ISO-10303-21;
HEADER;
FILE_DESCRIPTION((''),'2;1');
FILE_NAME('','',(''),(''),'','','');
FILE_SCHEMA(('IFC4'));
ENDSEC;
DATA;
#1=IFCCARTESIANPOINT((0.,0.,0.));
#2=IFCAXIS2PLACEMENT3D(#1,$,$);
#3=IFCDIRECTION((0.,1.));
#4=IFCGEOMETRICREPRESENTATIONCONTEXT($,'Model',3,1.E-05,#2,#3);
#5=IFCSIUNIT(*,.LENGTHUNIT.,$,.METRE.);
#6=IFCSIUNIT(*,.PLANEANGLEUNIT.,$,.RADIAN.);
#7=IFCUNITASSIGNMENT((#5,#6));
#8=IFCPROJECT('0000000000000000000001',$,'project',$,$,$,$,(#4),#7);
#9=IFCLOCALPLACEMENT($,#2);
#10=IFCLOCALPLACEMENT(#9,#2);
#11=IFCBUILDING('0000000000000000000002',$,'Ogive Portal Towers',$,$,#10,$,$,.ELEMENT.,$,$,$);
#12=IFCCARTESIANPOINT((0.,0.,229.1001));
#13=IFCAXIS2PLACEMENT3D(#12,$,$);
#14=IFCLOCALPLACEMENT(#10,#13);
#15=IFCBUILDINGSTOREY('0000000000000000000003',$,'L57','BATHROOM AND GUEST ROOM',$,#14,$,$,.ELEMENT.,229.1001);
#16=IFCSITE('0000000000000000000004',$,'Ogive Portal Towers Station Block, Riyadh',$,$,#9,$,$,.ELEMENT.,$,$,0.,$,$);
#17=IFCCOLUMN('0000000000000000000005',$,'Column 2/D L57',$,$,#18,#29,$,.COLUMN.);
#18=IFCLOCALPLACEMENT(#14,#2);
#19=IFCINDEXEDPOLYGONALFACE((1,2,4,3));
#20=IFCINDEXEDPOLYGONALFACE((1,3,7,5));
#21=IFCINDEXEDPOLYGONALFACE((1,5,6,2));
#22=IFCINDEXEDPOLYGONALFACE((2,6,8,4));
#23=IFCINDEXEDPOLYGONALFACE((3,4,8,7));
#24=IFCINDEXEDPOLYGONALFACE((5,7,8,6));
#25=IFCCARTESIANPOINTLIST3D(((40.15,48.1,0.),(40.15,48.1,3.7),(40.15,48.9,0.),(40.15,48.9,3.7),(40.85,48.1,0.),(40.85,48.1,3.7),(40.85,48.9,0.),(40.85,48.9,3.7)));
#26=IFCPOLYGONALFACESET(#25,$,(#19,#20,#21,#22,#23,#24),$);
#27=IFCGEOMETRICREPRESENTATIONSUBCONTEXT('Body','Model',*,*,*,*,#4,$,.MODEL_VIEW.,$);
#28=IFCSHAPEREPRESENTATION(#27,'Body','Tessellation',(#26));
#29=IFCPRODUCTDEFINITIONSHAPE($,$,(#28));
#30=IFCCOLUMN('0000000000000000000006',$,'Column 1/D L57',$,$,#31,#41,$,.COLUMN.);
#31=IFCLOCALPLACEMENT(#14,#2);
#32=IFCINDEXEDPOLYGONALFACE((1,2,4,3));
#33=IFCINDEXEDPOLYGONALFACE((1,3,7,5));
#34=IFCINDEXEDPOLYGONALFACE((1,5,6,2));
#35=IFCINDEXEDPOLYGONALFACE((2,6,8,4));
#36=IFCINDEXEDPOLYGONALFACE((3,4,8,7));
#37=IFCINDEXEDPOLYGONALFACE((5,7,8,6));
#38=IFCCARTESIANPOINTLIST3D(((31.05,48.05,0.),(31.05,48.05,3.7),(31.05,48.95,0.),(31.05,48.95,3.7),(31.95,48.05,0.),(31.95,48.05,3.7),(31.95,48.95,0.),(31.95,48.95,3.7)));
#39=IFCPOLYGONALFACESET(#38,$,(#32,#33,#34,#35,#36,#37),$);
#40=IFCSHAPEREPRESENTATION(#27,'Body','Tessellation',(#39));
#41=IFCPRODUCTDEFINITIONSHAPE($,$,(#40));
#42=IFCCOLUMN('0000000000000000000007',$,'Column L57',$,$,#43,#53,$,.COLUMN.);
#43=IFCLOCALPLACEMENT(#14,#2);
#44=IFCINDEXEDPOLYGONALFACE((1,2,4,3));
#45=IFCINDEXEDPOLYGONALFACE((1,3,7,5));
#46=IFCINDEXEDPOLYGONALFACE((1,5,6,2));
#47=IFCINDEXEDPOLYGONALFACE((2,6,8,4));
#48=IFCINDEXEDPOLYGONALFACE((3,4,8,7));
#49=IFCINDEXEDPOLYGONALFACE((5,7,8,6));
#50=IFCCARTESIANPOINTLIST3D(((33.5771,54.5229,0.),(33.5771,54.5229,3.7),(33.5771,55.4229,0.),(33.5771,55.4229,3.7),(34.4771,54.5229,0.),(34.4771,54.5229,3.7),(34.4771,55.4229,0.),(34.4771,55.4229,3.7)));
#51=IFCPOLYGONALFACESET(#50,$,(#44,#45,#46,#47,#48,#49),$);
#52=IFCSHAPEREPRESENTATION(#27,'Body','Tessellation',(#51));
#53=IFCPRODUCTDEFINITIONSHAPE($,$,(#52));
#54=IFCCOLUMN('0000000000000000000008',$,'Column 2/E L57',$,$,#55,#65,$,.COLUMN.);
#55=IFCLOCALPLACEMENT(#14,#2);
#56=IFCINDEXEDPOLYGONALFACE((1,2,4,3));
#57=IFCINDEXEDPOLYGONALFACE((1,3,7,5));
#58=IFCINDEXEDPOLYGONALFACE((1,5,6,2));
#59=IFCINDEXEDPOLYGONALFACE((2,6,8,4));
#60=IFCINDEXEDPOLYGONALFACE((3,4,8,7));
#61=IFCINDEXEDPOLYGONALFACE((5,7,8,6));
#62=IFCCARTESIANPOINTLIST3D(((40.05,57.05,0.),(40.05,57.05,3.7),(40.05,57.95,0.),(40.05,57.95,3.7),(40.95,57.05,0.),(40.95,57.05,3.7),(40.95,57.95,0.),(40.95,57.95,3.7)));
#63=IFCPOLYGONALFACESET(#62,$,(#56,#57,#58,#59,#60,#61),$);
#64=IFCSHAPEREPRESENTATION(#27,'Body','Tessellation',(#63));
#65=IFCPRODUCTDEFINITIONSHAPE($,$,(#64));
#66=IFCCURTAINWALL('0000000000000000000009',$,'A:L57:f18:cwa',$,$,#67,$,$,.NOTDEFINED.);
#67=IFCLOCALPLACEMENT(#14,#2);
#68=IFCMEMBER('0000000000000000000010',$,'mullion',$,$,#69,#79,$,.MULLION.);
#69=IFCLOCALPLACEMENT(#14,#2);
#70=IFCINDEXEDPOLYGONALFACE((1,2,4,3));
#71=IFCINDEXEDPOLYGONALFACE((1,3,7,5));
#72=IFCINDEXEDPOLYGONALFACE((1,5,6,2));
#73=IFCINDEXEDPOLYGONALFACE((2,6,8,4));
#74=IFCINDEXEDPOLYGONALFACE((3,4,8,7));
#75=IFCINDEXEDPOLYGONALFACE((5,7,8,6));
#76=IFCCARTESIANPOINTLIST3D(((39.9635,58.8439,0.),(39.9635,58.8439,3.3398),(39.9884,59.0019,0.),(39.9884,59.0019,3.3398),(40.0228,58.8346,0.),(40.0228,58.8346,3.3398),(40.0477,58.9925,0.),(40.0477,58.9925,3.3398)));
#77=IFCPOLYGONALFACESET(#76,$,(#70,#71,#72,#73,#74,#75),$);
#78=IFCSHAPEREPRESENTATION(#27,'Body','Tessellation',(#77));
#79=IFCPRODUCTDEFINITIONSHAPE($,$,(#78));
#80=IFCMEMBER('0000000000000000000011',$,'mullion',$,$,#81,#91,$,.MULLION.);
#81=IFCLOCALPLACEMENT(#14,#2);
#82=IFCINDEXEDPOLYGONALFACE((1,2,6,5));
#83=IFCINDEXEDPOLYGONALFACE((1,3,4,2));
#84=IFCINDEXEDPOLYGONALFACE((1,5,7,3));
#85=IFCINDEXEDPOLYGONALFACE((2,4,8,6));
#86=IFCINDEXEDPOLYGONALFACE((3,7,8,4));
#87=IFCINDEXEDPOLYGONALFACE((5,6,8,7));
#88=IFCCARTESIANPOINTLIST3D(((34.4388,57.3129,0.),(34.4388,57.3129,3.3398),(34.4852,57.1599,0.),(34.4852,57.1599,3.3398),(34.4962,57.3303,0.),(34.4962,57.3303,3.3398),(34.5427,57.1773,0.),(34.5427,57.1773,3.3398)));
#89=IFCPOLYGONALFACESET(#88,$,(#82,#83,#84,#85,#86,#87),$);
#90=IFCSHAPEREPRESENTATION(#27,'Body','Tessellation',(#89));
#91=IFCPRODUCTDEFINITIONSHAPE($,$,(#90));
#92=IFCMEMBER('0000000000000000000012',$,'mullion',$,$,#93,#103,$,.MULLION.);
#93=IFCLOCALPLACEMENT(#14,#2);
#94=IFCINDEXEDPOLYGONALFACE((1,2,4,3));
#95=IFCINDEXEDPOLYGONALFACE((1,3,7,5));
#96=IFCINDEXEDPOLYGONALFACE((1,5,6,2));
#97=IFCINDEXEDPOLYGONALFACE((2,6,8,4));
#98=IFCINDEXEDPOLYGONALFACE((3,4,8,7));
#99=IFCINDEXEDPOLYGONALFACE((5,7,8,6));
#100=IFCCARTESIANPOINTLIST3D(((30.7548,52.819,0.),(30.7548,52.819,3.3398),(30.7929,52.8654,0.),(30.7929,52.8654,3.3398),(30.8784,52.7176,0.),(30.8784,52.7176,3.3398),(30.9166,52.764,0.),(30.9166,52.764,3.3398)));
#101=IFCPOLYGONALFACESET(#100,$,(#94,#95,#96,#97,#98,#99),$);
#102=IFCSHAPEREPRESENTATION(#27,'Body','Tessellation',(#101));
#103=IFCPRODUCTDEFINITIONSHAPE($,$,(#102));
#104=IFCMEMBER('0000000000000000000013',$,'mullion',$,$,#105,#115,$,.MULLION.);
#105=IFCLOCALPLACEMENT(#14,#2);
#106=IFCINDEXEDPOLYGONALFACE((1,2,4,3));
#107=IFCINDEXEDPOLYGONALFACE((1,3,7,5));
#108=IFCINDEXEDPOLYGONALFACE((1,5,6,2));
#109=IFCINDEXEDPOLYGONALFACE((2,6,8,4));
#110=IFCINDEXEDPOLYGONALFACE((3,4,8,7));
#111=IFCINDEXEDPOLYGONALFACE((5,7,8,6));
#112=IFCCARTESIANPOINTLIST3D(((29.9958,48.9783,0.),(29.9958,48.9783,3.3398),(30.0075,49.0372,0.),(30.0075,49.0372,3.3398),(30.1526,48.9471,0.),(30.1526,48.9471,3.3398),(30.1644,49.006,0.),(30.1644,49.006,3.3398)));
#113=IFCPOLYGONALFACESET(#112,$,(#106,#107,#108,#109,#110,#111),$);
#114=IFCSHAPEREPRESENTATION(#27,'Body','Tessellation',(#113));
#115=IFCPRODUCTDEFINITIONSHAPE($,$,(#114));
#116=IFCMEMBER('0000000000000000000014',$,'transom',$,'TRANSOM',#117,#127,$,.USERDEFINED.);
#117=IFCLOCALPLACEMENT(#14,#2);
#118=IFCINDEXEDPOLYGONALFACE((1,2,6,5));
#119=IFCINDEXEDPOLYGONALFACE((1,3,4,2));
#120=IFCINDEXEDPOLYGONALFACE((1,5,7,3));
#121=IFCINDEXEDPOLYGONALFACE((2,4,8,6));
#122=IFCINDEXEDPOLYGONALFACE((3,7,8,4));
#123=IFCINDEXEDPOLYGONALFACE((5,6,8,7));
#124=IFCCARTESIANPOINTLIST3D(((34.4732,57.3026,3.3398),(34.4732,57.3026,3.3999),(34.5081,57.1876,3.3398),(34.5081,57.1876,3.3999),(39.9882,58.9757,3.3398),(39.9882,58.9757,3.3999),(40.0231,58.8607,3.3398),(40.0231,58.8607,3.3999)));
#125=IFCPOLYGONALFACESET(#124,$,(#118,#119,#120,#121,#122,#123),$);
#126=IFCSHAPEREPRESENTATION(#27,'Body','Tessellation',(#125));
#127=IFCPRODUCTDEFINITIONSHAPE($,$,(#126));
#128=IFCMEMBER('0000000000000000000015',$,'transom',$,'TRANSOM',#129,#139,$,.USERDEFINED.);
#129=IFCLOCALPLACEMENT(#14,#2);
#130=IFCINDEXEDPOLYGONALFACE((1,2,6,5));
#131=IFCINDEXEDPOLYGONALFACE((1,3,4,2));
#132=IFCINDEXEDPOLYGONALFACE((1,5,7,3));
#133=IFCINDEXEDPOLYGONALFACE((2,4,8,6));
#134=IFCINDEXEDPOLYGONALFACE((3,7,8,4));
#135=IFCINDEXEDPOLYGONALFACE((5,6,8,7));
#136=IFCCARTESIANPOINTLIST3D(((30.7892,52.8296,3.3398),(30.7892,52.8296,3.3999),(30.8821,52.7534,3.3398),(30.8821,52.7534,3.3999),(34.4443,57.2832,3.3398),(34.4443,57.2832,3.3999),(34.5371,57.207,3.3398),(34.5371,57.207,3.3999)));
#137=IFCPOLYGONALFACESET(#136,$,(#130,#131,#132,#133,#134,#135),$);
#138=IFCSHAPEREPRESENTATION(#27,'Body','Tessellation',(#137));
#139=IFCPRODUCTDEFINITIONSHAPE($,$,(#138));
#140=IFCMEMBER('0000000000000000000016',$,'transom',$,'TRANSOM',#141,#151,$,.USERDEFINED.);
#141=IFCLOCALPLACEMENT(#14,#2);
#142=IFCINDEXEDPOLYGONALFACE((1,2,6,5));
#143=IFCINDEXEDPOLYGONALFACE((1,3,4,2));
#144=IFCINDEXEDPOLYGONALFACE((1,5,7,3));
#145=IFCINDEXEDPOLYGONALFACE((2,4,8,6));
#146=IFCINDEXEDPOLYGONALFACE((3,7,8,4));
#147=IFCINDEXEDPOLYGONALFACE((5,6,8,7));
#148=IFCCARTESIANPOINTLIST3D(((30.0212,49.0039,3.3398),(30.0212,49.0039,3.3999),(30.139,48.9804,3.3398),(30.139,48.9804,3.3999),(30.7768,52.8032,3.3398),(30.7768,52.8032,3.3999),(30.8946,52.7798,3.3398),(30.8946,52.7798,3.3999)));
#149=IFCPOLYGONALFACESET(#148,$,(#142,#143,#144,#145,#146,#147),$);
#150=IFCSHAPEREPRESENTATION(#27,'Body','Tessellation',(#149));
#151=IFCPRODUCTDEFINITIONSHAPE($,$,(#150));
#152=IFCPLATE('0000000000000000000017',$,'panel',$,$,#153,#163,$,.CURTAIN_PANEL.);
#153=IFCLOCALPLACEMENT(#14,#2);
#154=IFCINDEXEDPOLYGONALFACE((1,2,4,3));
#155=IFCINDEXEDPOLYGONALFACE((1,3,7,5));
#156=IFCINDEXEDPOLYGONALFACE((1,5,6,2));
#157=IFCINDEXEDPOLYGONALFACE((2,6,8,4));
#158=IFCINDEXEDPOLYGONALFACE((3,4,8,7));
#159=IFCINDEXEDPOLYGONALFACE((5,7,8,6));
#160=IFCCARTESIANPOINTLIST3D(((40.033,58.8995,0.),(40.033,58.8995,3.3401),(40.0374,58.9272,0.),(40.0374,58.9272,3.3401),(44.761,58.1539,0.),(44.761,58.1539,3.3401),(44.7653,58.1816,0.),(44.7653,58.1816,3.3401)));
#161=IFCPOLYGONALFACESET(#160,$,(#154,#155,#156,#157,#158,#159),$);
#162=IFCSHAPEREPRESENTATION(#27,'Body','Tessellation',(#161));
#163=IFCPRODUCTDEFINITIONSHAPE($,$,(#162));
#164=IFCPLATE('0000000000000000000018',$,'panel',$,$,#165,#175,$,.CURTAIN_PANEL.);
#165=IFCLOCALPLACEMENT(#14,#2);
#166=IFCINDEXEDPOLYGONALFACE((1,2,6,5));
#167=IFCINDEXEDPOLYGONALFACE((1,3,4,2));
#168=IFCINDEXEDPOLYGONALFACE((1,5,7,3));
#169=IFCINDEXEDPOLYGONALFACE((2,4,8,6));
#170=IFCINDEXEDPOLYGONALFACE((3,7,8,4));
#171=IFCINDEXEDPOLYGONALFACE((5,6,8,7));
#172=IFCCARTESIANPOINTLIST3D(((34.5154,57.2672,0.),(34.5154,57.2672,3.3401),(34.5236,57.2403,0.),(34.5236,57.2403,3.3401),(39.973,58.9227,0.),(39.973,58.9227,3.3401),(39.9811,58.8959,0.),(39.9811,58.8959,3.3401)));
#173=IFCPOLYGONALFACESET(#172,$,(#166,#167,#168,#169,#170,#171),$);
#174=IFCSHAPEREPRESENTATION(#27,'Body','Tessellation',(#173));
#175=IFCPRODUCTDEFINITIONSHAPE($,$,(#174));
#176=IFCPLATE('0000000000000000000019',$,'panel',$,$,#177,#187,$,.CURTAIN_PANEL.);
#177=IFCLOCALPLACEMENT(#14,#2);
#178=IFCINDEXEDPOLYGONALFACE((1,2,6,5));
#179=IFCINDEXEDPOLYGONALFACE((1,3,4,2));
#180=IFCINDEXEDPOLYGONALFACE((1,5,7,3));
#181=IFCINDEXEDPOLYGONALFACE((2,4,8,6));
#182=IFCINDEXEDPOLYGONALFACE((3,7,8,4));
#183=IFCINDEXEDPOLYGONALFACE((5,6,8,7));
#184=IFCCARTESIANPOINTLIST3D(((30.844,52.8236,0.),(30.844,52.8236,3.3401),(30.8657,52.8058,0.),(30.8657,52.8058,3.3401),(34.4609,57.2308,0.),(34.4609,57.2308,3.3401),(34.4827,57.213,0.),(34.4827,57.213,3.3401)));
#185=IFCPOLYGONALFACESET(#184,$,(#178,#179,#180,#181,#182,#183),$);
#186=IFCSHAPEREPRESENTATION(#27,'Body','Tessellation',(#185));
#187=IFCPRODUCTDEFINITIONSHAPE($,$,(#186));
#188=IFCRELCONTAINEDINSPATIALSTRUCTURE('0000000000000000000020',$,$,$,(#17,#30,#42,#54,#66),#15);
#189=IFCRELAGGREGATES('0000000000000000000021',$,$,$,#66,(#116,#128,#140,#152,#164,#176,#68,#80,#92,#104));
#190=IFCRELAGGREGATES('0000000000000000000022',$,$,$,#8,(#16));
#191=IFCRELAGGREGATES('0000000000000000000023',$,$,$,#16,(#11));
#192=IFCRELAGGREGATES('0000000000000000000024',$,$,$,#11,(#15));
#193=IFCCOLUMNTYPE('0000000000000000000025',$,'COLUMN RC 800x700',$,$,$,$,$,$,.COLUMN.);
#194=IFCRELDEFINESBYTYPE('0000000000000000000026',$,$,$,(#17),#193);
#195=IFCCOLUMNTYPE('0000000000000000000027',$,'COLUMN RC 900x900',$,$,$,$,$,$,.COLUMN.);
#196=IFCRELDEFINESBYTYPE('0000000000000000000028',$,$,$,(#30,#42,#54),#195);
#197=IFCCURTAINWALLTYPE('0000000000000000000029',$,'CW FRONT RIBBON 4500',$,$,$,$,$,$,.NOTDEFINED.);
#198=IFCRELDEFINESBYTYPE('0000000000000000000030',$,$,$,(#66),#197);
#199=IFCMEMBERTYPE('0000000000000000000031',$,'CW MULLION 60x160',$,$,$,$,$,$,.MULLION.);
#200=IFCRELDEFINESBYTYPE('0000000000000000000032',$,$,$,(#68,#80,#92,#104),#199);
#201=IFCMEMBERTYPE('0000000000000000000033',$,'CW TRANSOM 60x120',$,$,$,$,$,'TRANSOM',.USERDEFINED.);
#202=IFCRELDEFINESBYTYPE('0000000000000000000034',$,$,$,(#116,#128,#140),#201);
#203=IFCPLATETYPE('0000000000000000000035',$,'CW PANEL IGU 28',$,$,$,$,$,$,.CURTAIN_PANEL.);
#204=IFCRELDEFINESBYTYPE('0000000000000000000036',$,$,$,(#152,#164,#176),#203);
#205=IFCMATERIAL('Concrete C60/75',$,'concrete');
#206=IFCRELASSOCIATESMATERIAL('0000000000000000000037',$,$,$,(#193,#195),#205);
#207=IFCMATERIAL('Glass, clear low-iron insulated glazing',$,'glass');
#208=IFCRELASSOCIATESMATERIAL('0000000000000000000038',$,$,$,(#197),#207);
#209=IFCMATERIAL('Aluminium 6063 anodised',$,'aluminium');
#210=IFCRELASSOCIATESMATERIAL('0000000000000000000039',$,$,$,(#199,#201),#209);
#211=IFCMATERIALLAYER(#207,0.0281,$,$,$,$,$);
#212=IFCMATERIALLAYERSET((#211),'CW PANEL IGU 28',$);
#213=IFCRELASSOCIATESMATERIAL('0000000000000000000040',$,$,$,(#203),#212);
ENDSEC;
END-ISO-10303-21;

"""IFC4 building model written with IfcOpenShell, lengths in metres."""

from ifc_helpers import new_model, si_unit, direction, frame, origin, origin_2d, place, context, subcontext, project, spatial, rectangle, extrude, material, layer, layer_set, material_profile, profile_set, type_object, element, aggregate, save


model = new_model("IFC4")

# Units and contexts
model_context = context("Model", 3, precision=1e-05, world=origin(), true_north=direction((0.0, 1.0)))
body_context = subcontext(model_context, "Body", "Model", "MODEL_VIEW")
ifc_project = project(units=[si_unit("LENGTHUNIT", "METRE"), si_unit("PLANEANGLEUNIT", "RADIAN")], contexts=[model_context])

# Site, building, storey
site_placement = place(None, origin())
site = spatial("IfcSite", under=ifc_project, at=site_placement, Name="Ogive Portal Towers Station Block, Riyadh", CompositionType="ELEMENT", RefElevation=0.0)
building_placement = place(site_placement, origin())
building = spatial("IfcBuilding", under=site, at=building_placement, Name="Ogive Portal Towers", CompositionType="ELEMENT")
storey_placement = place(building_placement, frame((0.0, 0.0, 229.1001)))
storey = spatial("IfcBuildingStorey", under=building, at=storey_placement, Name="L57", Description="BATHROOM AND GUEST ROOM", CompositionType="ELEMENT", Elevation=229.1001)

# Columns
ifc_material_1 = material(Name="Concrete C60/75", Category="concrete")
ifc_material_profile_1 = material_profile(ifc_material_1, rectangle(XDim=0.8, YDim=0.7, at=origin_2d()), Name="RC 800x700")
ifc_profile_set_1 = profile_set([ifc_material_profile_1], Name="Concrete C60/75")
column_type_1 = type_object("IfcColumnType", Name="COLUMN RC 800x700", PredefinedType="COLUMN", material=ifc_profile_set_1)
column_placement = place(storey_placement, frame((40.5, 48.5, 0.0), z_axis=(0.0, 0.0, 1.0), x_axis=(0.0, 1.0, 0.0)))
element("IfcColumn", 1, at=column_placement, inside=storey, type_object=column_type_1, Name="Column 2/D L57", PredefinedType="COLUMN", context=body_context, shape_type="SweptSolid", body=[
    extrude(rectangle(XDim=0.8, YDim=0.7, at=origin_2d()), origin(), (0.0, 0.0, 1.0), 3.7),
])
ifc_material_profile_2 = material_profile(ifc_material_1, rectangle(XDim=0.8999, YDim=0.8999, at=origin_2d()), Name="RC 900x900")
ifc_profile_set_2 = profile_set([ifc_material_profile_2], Name="Concrete C60/75")
column_type_2 = type_object("IfcColumnType", Name="COLUMN RC 900x900", PredefinedType="COLUMN", material=ifc_profile_set_2)
for number, where, z_axis, x_axis, name in (
    (2, (31.5, 48.5, 0.0), (0.0, 0.0, 1.0), (1.0, 0.0, 0.0), "Column 1/D L57"),
    (3, (34.0271, 54.9729, 0.0), (0.0, 0.0, 1.0), (1.0, 0.0, 0.0), "Column L57"),
    (4, (40.5, 57.5, 0.0), (0.0, 0.0, 1.0), (1.0, 0.0, 0.0), "Column 2/E L57"),
):
    element("IfcColumn", number, at=place(storey_placement, frame(where, z_axis=z_axis, x_axis=x_axis)), inside=storey, type_object=column_type_2, Name=name, PredefinedType="COLUMN", context=body_context, shape_type="SweptSolid", body=[
        extrude(rectangle(XDim=0.8999, YDim=0.8999, at=origin_2d()), origin(), (0.0, 0.0, 1.0), 3.7),
    ])

# Curtain wall, members, plates
ifc_material_2 = material(Name="Glass, clear low-iron insulated glazing", Category="glass")
curtain_wall_type = type_object("IfcCurtainWallType", Name="CW FRONT RIBBON 4500", PredefinedType="NOTDEFINED", material=ifc_material_2)
curtain_wall_placement = place(storey_placement, origin())
curtain_wall = element("IfcCurtainWall", 5, at=curtain_wall_placement, inside=storey, type_object=curtain_wall_type, Name="A:L57:f18:cwa", PredefinedType="NOTDEFINED")
ifc_material_3 = material(Name="Aluminium 6063 anodised", Category="aluminium")
ifc_material_profile_3 = material_profile(ifc_material_3, rectangle(XDim=0.1599, YDim=0.0601, at=origin_2d()), Name="AL 60x160")
ifc_profile_set_3 = profile_set([ifc_material_profile_3], Name="Aluminium 6063 anodised")
member_type_1 = type_object("IfcMemberType", Name="CW MULLION 60x160", PredefinedType="MULLION", material=ifc_profile_set_3)
member_1_placement = place(storey_placement, frame((40.0056, 58.9182, 0.0), z_axis=(0.0, 0.0, 1.0), x_axis=(-0.155777, -0.987792, 0.0)))
member_1 = element("IfcMember", 6, at=member_1_placement, type_object=member_type_1, Name="mullion", PredefinedType="MULLION", context=body_context, shape_type="SweptSolid", body=[
    extrude(rectangle(XDim=0.1599, YDim=0.0601, at=origin_2d()), origin(), (0.0, 0.0, 1.0), 3.3398),
])
member_2_placement = place(storey_placement, frame((34.4907, 57.2451, 0.0), z_axis=(0.0, 0.0, 1.0), x_axis=(0.290285, -0.95694, 0.0)))
member_2 = element("IfcMember", 7, at=member_2_placement, type_object=member_type_1, Name="mullion", PredefinedType="MULLION", context=body_context, shape_type="SweptSolid", body=[
    extrude(rectangle(XDim=0.1599, YDim=0.0601, at=origin_2d()), origin(), (0.0, 0.0, 1.0), 3.3398),
])
member_3_placement = place(storey_placement, frame((30.8357, 52.7915, 0.0), z_axis=(0.0, 0.0, 1.0), x_axis=(0.77301, -0.634393, 0.0)))
member_3 = element("IfcMember", 8, at=member_3_placement, type_object=member_type_1, Name="mullion", PredefinedType="MULLION", context=body_context, shape_type="SweptSolid", body=[
    extrude(rectangle(XDim=0.1599, YDim=0.0601, at=origin_2d()), origin(), (0.0, 0.0, 1.0), 3.3398),
])
member_4_placement = place(storey_placement, frame((30.0801, 48.9922, 0.0), z_axis=(0.0, 0.0, 1.0), x_axis=(0.980785, -0.19509, 0.0)))
member_4 = element("IfcMember", 9, at=member_4_placement, type_object=member_type_1, Name="mullion", PredefinedType="MULLION", context=body_context, shape_type="SweptSolid", body=[
    extrude(rectangle(XDim=0.1599, YDim=0.0601, at=origin_2d()), origin(), (0.0, 0.0, 1.0), 3.3398),
])
ifc_material_profile_4 = material_profile(ifc_material_3, rectangle(XDim=0.1201, YDim=0.0601, at=origin_2d()), Name="AL 120x60")
ifc_profile_set_4 = profile_set([ifc_material_profile_4], Name="Aluminium 6063 anodised")
member_type_2 = type_object("IfcMemberType", Name="CW TRANSOM 60x120", ElementType="TRANSOM", PredefinedType="USERDEFINED", material=ifc_profile_set_4)
member_5_placement = place(storey_placement, frame((40.0056, 58.9182, 3.3699), z_axis=(-0.956932, -0.290312, 0.0), x_axis=(0.290312, -0.956932, 0.0)))
member_5 = element("IfcMember", 10, at=member_5_placement, type_object=member_type_2, Name="transom", ObjectType="TRANSOM", PredefinedType="USERDEFINED", context=body_context, shape_type="SweptSolid", body=[
    extrude(rectangle(XDim=0.1201, YDim=0.0601, at=origin_2d()), origin(), (0.0, 0.0, 1.0), 5.7632),
])
member_6_placement = place(storey_placement, frame((34.4907, 57.2451, 3.3699), z_axis=(-0.634398, -0.773007, 0.0), x_axis=(0.773007, -0.634398, 0.0)))
member_6 = element("IfcMember", 11, at=member_6_placement, type_object=member_type_2, Name="transom", ObjectType="TRANSOM", PredefinedType="USERDEFINED", context=body_context, shape_type="SweptSolid", body=[
    extrude(rectangle(XDim=0.1201, YDim=0.0601, at=origin_2d()), origin(), (0.0, 0.0, 1.0), 5.7615),
])
member_7_placement = place(storey_placement, frame((30.8357, 52.7915, 3.3699), z_axis=(-0.195062, -0.980791, 0.0), x_axis=(0.980791, -0.195062, 0.0)))
member_7 = element("IfcMember", 12, at=member_7_placement, type_object=member_type_2, Name="transom", ObjectType="TRANSOM", PredefinedType="USERDEFINED", context=body_context, shape_type="SweptSolid", body=[
    extrude(rectangle(XDim=0.1201, YDim=0.0601, at=origin_2d()), origin(), (0.0, 0.0, 1.0), 3.8738),
])
ifc_layer_1 = layer(ifc_material_2, 0.0281)
ifc_layer_set_1 = layer_set([ifc_layer_1], Name="CW PANEL IGU 28")
plate_type = type_object("IfcPlateType", Name="CW PANEL IGU 28", PredefinedType="CURTAIN_PANEL", material=ifc_layer_set_1)
plate_1_placement = place(storey_placement, frame((42.3992, 58.5405, 0.0), z_axis=(0.0, 0.0, 1.0), x_axis=(-0.987792, 0.155777, 0.0)))
plate_1 = element("IfcPlate", 13, at=plate_1_placement, type_object=plate_type, Name="panel", PredefinedType="CURTAIN_PANEL", context=body_context, shape_type="SweptSolid", body=[
    extrude(rectangle(XDim=4.7864, YDim=0.0281, at=origin_2d()), origin(), (0.0, 0.0, 1.0), 3.3401),
])
plate_2_placement = place(storey_placement, frame((37.2483, 58.0815, 0.0), z_axis=(0.0, 0.0, 1.0), x_axis=(-0.95694, -0.290285, 0.0)))
plate_2 = element("IfcPlate", 14, at=plate_2_placement, type_object=plate_type, Name="panel", PredefinedType="CURTAIN_PANEL", context=body_context, shape_type="SweptSolid", body=[
    extrude(rectangle(XDim=5.7031, YDim=0.0281, at=origin_2d()), origin(), (0.0, 0.0, 1.0), 3.3401),
])
plate_3_placement = place(storey_placement, frame((32.6633, 55.0183, 0.0), z_axis=(0.0, 0.0, 1.0), x_axis=(-0.634393, -0.77301, 0.0)))
plate_3 = element("IfcPlate", 15, at=plate_3_placement, type_object=plate_type, Name="panel", PredefinedType="CURTAIN_PANEL", context=body_context, shape_type="SweptSolid", body=[
    extrude(rectangle(XDim=5.7014, YDim=0.0281, at=origin_2d()), origin(), (0.0, 0.0, 1.0), 3.3401),
])
aggregate(curtain_wall, [member_5, member_6, member_7, plate_1, plate_2, plate_3, member_1, member_2, member_3, member_4])

save(model, "model.ifc")
